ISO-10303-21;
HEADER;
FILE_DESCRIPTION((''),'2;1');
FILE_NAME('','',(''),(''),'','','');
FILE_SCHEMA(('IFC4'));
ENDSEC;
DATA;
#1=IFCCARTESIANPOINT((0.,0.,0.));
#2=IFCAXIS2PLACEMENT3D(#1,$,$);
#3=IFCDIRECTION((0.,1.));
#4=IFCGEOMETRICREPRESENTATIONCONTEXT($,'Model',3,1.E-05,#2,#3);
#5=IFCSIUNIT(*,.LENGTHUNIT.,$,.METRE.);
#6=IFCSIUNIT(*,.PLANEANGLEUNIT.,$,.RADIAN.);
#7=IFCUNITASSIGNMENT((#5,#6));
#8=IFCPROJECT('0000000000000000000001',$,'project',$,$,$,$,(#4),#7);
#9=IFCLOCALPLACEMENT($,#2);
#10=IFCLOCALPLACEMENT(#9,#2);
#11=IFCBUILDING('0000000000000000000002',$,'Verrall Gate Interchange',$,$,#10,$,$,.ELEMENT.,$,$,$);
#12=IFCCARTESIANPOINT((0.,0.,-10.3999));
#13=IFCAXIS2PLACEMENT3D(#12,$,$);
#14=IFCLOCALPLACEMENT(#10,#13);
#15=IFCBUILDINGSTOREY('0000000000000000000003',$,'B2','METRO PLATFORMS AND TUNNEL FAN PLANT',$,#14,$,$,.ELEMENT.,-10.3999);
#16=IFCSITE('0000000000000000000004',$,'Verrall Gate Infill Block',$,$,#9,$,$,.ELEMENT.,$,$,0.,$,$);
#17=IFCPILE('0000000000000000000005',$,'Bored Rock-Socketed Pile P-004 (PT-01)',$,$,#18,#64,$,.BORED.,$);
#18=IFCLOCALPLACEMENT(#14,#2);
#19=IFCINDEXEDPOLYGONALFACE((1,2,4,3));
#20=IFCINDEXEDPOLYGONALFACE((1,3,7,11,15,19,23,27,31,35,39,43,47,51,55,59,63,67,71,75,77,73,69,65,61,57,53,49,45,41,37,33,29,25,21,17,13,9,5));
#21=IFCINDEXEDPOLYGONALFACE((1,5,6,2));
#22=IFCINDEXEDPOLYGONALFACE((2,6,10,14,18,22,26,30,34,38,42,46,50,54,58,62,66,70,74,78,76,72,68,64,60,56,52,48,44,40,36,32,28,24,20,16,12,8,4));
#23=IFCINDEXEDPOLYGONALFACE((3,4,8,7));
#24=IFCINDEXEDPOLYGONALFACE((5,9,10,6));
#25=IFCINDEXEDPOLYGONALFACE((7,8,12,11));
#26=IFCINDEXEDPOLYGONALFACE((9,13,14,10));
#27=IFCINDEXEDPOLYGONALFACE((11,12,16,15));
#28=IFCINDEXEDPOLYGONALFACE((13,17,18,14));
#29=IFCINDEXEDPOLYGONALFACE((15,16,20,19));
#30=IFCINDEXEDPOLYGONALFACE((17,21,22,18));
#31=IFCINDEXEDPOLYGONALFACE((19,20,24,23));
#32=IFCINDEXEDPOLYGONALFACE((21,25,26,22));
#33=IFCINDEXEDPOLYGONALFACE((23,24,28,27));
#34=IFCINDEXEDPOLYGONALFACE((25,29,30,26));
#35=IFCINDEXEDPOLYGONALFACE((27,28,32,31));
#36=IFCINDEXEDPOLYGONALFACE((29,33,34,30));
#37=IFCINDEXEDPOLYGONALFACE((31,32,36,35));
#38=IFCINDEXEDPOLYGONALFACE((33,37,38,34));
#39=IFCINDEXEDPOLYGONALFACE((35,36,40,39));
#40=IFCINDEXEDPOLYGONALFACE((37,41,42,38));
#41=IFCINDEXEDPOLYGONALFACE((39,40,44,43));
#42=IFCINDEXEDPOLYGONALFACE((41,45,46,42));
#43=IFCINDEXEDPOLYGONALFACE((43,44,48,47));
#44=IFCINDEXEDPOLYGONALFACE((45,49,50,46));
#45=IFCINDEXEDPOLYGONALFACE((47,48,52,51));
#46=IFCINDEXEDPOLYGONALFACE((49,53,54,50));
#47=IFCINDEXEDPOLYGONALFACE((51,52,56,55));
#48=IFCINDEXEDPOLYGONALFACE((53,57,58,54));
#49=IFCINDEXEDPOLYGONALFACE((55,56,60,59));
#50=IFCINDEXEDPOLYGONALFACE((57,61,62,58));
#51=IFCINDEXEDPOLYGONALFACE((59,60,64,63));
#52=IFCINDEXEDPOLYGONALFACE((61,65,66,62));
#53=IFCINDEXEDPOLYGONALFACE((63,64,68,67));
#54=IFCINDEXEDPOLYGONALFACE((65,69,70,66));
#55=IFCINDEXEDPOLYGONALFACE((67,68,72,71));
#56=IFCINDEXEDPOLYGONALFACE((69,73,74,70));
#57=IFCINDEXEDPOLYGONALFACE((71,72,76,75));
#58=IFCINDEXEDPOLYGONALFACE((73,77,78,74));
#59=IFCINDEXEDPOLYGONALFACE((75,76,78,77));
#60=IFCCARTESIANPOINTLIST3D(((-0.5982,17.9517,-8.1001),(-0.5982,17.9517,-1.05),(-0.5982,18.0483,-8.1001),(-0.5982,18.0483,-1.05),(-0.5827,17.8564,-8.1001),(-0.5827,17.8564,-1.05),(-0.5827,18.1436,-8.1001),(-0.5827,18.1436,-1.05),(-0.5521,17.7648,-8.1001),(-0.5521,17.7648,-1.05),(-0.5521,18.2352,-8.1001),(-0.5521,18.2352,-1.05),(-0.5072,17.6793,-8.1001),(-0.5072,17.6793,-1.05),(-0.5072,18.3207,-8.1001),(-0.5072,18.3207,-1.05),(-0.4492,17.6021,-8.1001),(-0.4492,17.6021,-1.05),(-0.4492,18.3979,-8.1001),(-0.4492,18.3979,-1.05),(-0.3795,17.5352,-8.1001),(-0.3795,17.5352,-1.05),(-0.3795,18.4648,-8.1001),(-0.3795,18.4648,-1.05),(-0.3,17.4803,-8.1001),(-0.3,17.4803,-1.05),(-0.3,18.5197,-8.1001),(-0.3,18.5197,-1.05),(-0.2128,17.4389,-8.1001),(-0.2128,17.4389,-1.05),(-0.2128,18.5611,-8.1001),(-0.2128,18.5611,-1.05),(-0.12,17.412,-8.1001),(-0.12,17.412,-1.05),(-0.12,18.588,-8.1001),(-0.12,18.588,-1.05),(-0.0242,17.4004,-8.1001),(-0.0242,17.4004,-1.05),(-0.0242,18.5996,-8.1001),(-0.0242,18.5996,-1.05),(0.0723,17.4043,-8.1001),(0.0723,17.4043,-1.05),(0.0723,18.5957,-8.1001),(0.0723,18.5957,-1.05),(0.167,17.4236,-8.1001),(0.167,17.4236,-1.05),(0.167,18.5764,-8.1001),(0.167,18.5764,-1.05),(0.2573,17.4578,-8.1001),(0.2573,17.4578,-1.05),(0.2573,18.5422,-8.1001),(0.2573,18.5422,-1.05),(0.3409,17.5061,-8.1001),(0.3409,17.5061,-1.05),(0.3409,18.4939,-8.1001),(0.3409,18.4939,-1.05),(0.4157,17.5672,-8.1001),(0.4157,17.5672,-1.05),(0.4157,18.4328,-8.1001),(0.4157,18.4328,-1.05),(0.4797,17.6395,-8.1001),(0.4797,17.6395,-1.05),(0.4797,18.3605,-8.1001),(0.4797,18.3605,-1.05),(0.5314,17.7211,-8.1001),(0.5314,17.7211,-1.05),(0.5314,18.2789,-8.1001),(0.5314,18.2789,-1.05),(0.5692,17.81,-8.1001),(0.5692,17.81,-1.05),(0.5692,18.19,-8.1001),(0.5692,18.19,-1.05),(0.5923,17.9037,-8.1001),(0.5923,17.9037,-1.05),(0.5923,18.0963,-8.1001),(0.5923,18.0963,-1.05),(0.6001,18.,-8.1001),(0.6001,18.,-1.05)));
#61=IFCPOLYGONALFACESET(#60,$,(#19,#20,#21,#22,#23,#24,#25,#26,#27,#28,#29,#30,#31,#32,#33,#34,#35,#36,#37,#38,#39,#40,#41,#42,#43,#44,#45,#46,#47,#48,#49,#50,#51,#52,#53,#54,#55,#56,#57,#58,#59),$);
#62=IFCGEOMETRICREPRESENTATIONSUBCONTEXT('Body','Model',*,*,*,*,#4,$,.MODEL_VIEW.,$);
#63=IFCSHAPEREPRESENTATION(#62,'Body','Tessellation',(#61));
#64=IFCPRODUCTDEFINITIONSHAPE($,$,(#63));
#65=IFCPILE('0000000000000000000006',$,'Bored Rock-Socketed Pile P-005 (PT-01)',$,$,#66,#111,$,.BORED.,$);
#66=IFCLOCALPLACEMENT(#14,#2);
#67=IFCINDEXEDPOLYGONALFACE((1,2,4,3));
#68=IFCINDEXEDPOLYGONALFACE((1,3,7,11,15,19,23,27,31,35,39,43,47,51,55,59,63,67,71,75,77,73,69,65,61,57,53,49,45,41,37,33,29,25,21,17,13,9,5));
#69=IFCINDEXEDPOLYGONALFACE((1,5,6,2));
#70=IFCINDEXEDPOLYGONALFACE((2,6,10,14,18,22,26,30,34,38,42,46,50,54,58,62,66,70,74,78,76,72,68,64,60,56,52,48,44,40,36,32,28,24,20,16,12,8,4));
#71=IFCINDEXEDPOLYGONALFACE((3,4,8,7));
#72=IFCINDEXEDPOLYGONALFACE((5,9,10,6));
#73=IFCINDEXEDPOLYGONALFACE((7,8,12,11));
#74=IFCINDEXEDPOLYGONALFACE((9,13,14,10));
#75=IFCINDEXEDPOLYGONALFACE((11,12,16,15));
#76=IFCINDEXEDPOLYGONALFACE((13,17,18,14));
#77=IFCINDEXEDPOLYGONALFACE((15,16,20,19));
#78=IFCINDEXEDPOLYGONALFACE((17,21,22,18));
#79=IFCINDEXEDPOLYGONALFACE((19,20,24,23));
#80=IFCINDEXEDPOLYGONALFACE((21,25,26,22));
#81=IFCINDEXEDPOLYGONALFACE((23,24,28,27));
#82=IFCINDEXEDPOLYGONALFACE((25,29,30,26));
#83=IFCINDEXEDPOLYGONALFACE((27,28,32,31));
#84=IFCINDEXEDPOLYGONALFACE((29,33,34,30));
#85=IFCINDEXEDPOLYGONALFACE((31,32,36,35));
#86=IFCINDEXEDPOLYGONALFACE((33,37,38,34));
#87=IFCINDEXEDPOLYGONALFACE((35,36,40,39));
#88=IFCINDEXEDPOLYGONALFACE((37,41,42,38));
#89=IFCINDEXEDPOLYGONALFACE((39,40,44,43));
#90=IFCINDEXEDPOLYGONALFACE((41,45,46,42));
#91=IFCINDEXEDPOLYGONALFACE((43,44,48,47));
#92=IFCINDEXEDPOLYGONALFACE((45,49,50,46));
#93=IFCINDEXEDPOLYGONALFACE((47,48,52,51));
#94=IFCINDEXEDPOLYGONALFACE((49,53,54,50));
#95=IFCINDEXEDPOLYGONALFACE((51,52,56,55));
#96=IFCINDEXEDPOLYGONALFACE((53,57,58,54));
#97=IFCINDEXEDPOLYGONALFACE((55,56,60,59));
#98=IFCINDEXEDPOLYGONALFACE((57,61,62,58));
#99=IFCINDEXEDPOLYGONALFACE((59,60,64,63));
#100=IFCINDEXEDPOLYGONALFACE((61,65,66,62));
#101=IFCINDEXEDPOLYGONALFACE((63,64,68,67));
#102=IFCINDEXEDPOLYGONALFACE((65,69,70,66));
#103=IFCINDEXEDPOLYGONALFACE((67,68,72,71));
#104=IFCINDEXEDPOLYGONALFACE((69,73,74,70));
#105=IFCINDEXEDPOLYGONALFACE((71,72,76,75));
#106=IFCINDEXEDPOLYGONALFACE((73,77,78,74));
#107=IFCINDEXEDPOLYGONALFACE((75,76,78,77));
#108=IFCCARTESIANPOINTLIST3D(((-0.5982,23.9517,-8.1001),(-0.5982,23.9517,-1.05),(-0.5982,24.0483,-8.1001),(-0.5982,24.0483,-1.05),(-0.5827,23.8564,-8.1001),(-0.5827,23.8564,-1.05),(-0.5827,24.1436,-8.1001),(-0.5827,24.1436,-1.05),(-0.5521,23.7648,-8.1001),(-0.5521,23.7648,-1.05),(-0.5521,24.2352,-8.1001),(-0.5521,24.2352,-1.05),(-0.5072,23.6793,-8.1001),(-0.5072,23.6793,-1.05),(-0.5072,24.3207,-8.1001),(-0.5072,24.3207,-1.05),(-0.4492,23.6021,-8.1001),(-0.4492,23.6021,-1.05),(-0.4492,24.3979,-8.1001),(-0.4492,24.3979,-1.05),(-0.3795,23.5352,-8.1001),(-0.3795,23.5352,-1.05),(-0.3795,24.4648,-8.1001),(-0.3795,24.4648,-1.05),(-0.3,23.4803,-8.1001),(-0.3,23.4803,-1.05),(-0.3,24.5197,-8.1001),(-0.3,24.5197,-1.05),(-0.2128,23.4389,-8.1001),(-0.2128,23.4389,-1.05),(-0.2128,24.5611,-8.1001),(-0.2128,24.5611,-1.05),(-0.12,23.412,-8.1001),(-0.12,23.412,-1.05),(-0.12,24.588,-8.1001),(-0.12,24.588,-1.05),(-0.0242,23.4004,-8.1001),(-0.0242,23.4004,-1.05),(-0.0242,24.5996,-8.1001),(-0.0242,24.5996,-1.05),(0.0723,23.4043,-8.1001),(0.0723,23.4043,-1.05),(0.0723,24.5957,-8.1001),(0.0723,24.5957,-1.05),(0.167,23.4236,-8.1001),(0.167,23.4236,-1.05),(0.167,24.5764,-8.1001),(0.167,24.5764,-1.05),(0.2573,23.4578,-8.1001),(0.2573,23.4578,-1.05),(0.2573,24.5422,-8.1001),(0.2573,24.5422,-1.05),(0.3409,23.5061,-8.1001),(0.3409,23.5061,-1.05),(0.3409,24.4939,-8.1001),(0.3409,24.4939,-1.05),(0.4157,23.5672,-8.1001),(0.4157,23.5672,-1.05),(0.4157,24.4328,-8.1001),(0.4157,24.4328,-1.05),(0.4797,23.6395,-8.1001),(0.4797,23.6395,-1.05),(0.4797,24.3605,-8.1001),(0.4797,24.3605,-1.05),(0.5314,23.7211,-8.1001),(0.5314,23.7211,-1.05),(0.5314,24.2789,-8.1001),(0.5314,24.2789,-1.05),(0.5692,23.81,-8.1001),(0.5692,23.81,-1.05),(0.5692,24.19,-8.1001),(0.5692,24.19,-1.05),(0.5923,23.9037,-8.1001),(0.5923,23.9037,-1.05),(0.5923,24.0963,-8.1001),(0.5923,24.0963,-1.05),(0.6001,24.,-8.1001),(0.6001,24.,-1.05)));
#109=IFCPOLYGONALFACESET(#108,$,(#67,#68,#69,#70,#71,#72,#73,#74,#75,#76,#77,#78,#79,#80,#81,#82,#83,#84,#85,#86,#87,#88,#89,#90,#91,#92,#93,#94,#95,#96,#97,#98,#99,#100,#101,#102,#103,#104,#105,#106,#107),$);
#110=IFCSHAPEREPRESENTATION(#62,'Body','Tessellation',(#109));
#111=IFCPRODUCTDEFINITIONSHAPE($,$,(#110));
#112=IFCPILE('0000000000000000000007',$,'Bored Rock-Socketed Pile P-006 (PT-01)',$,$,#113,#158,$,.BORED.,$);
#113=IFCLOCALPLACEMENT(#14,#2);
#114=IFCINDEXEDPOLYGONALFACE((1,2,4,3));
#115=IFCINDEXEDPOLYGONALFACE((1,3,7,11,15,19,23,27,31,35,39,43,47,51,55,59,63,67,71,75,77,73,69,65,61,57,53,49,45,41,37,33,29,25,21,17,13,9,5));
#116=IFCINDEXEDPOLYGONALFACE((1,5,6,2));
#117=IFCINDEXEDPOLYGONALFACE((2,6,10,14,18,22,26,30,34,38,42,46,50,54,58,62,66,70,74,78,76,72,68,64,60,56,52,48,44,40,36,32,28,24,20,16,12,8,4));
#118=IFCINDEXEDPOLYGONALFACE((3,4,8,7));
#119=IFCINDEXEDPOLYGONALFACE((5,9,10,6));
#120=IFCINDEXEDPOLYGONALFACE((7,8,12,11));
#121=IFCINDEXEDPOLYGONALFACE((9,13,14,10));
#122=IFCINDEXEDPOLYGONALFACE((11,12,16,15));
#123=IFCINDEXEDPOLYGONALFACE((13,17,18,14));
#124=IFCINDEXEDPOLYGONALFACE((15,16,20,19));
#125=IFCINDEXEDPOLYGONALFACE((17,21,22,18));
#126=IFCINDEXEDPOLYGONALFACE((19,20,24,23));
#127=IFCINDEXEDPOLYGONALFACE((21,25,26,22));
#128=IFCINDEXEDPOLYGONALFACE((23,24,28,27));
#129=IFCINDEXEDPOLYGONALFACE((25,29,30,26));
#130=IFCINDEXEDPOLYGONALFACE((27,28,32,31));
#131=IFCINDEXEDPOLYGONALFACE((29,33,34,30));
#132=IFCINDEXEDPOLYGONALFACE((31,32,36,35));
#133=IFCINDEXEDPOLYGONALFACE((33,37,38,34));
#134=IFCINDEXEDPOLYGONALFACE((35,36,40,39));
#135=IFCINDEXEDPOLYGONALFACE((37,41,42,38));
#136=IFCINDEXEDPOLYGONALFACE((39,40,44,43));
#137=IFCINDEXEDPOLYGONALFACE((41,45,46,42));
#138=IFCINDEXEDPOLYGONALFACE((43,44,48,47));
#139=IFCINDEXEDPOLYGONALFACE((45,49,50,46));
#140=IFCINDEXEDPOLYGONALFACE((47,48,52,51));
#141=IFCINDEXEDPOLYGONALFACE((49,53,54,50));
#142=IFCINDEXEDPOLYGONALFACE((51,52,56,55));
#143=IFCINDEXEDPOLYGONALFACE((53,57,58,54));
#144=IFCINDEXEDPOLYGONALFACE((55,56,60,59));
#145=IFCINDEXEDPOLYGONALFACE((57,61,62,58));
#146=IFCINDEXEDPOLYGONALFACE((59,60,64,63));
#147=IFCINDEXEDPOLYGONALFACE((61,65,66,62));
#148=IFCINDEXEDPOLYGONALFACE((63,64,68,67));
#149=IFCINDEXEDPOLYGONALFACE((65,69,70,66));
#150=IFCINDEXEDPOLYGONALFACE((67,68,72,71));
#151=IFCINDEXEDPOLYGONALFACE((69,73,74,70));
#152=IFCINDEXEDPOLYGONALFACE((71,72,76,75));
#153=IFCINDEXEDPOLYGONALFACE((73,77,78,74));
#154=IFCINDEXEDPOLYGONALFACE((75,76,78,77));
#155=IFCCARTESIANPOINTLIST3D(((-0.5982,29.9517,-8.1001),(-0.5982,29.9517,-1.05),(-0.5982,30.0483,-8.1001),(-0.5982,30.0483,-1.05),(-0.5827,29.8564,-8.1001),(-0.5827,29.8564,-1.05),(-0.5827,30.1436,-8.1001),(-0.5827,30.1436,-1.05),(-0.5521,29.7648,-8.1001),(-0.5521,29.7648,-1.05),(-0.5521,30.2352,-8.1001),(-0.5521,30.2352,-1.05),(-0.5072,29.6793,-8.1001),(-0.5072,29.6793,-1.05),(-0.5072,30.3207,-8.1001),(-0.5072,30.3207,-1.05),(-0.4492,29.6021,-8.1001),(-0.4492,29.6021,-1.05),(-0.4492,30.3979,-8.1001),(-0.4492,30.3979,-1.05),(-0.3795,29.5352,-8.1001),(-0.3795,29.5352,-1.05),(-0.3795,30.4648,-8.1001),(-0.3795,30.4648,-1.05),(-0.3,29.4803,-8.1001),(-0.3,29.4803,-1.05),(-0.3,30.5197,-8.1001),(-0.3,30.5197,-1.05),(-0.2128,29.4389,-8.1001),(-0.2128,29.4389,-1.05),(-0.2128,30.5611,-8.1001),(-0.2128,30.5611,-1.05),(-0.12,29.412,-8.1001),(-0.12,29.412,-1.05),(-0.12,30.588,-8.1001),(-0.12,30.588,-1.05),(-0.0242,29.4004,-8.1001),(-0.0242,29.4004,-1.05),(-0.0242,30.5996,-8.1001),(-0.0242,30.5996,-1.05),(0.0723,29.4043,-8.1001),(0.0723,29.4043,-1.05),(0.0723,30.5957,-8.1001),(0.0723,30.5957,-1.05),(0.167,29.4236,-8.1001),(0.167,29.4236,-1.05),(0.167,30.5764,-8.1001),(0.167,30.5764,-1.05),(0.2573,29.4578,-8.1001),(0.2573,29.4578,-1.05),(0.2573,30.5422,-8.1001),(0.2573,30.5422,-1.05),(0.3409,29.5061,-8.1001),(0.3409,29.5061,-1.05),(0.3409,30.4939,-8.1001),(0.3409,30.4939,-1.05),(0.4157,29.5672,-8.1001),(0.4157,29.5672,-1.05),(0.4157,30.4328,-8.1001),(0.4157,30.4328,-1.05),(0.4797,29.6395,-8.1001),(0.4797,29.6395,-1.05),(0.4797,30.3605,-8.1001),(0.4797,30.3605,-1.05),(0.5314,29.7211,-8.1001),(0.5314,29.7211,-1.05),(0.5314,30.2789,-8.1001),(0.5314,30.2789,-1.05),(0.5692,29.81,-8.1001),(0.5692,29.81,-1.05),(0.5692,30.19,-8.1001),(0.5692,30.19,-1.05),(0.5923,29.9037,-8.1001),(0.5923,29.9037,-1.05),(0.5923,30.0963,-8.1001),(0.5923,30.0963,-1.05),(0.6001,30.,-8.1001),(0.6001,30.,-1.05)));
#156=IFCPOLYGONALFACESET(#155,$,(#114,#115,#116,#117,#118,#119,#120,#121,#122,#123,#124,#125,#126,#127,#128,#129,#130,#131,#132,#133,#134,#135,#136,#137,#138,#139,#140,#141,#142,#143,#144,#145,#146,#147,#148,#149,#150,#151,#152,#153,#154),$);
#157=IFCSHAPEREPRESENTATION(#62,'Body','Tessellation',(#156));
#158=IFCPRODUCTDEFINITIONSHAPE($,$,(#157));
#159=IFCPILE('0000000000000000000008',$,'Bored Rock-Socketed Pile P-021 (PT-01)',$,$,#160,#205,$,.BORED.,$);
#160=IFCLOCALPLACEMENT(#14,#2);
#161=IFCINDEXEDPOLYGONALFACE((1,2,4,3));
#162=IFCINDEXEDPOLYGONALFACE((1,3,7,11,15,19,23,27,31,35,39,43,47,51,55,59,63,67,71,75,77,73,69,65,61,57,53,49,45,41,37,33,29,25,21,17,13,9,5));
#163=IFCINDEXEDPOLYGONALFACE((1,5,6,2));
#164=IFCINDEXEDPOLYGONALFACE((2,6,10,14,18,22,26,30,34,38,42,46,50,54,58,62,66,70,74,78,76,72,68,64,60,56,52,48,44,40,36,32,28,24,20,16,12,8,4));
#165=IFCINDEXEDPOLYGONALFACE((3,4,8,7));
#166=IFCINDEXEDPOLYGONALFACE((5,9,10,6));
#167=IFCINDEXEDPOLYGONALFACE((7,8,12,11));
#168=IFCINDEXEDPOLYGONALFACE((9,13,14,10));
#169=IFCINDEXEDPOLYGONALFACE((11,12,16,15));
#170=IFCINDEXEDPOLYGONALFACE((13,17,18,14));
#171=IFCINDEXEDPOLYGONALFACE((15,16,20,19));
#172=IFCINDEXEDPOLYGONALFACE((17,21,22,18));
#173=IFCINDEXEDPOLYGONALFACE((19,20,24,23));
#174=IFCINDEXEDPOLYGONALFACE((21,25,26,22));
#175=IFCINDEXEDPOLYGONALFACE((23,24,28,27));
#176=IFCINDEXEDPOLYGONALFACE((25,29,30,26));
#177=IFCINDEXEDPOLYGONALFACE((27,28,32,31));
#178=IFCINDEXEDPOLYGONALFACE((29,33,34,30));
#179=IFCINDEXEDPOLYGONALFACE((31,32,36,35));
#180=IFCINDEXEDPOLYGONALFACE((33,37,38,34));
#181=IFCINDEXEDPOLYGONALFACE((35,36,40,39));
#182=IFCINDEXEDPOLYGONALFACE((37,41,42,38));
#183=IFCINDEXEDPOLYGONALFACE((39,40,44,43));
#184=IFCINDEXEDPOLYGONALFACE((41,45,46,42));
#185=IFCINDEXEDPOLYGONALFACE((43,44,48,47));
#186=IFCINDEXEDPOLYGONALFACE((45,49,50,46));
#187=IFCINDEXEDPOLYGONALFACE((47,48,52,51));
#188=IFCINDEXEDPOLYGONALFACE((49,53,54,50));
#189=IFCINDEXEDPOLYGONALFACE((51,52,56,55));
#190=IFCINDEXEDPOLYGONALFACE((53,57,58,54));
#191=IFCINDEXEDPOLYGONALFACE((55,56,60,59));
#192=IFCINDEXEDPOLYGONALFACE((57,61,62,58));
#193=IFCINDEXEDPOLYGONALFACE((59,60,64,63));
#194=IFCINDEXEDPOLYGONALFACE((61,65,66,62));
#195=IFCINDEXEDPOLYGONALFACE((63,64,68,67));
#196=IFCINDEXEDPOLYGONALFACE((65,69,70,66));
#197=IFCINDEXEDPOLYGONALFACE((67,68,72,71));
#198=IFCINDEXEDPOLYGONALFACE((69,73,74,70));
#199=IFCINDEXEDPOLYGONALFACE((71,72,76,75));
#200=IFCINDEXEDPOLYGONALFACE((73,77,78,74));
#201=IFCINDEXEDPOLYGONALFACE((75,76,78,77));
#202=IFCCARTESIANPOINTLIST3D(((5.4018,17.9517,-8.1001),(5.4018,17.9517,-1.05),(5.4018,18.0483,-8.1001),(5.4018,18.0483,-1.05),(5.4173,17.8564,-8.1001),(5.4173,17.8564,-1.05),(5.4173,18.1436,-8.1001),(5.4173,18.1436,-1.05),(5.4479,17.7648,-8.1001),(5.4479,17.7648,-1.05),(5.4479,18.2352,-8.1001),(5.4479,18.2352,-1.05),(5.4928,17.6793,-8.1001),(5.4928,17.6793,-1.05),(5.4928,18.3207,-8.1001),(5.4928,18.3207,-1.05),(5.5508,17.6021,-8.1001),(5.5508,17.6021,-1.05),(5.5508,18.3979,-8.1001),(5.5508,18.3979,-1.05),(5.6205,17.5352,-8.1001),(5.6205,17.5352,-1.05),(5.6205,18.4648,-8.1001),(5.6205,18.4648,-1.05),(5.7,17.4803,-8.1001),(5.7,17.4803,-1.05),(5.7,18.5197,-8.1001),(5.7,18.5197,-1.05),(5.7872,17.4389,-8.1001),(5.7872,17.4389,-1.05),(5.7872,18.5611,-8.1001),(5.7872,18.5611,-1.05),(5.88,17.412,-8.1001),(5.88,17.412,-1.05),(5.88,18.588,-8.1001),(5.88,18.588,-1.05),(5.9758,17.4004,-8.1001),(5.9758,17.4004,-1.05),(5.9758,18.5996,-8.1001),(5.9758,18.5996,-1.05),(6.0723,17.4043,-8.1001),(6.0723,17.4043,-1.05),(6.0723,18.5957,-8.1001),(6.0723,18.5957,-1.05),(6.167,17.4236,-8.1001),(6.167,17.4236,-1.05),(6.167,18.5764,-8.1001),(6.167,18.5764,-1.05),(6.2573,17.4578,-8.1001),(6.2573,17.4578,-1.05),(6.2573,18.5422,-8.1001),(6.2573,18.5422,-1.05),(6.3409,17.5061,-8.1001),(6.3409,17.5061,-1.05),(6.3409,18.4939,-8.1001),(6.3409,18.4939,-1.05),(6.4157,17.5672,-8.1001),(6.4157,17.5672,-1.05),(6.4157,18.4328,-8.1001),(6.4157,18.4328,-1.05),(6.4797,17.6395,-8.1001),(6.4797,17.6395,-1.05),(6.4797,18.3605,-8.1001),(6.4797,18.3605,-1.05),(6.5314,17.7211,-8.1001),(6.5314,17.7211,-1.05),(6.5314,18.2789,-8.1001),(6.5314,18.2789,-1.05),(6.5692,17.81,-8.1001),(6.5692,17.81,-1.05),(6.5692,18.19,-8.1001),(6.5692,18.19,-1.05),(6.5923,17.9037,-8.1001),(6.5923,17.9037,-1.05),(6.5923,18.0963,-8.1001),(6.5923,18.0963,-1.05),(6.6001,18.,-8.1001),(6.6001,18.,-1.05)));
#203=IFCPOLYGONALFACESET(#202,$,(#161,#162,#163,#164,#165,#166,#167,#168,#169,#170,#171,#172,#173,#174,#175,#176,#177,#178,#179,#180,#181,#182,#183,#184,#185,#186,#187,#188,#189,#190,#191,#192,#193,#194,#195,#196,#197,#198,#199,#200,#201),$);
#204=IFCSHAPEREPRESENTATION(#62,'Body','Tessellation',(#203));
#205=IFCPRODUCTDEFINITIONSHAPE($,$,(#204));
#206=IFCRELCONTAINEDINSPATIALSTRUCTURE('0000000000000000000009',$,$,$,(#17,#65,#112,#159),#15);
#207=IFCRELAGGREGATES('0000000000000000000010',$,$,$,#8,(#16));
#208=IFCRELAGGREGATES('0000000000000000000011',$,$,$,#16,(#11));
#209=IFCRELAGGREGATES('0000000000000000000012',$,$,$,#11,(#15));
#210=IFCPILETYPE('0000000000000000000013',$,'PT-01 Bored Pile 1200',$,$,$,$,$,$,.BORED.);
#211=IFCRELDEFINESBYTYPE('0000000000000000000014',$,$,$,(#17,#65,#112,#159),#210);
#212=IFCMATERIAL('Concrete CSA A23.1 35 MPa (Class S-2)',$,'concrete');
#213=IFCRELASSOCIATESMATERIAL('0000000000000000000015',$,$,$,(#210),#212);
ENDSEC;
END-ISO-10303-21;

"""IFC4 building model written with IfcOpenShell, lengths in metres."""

from ifc_helpers import new_model, si_unit, direction, frame, origin, origin_2d, place, context, subcontext, project, spatial, circle, extrude, material, material_profile, profile_set, type_object, element, save


model = new_model("IFC4")

# Units and contexts
model_context = context("Model", 3, precision=1e-05, world=origin(), true_north=direction((0.0, 1.0)))
body_context = subcontext(model_context, "Body", "Model", "MODEL_VIEW")
ifc_project = project(units=[si_unit("LENGTHUNIT", "METRE"), si_unit("PLANEANGLEUNIT", "RADIAN")], contexts=[model_context])

# Site, building, storey
site_placement = place(None, origin())
site = spatial("IfcSite", under=ifc_project, at=site_placement, Name="Verrall Gate Infill Block", CompositionType="ELEMENT", RefElevation=0.0)
building_placement = place(site_placement, origin())
building = spatial("IfcBuilding", under=site, at=building_placement, Name="Verrall Gate Interchange", CompositionType="ELEMENT")
storey_placement = place(building_placement, frame((0.0, 0.0, -10.3999)))
storey = spatial("IfcBuildingStorey", under=building, at=storey_placement, Name="B2", Description="METRO PLATFORMS AND TUNNEL FAN PLANT", CompositionType="ELEMENT", Elevation=-10.3999)

# Piles
ifc_material_1 = material(Name="Concrete CSA A23.1 35 MPa (Class S-2)", Category="concrete")
ifc_material_profile_1 = material_profile(ifc_material_1, circle(Radius=0.6001, at=origin_2d()), Name="PILE1200D")
ifc_profile_set_1 = profile_set([ifc_material_profile_1], Name="Concrete CSA A23.1 35 MPa (Class S-2)")
pile_type = type_object("IfcPileType", Name="PT-01 Bored Pile 1200", PredefinedType="BORED", material=ifc_profile_set_1)
for number, where, z_axis, x_axis, name in (
    (1, (0.0, 18.0, -1.05), (0.0, 0.0, -1.0), (1.0, 0.0, 0.0), "Bored Rock-Socketed Pile P-004 (PT-01)"),
    (2, (0.0, 24.0, -1.05), (0.0, 0.0, -1.0), (1.0, 0.0, 0.0), "Bored Rock-Socketed Pile P-005 (PT-01)"),
    (3, (0.0, 30.0, -1.05), (0.0, 0.0, -1.0), (1.0, 0.0, 0.0), "Bored Rock-Socketed Pile P-006 (PT-01)"),
    (4, (6.0, 18.0, -1.05), (0.0, 0.0, -1.0), (1.0, 0.0, 0.0), "Bored Rock-Socketed Pile P-021 (PT-01)"),
):
    element("IfcPile", number, at=place(storey_placement, frame(where, z_axis=z_axis, x_axis=x_axis)), inside=storey, type_object=pile_type, Name=name, PredefinedType="BORED", context=body_context, shape_type="SweptSolid", body=[
        extrude(circle(Radius=0.6001, at=origin_2d()), origin(), (0.0, 0.0, 1.0), 7.05),
    ])

save(model, "model.ifc")
